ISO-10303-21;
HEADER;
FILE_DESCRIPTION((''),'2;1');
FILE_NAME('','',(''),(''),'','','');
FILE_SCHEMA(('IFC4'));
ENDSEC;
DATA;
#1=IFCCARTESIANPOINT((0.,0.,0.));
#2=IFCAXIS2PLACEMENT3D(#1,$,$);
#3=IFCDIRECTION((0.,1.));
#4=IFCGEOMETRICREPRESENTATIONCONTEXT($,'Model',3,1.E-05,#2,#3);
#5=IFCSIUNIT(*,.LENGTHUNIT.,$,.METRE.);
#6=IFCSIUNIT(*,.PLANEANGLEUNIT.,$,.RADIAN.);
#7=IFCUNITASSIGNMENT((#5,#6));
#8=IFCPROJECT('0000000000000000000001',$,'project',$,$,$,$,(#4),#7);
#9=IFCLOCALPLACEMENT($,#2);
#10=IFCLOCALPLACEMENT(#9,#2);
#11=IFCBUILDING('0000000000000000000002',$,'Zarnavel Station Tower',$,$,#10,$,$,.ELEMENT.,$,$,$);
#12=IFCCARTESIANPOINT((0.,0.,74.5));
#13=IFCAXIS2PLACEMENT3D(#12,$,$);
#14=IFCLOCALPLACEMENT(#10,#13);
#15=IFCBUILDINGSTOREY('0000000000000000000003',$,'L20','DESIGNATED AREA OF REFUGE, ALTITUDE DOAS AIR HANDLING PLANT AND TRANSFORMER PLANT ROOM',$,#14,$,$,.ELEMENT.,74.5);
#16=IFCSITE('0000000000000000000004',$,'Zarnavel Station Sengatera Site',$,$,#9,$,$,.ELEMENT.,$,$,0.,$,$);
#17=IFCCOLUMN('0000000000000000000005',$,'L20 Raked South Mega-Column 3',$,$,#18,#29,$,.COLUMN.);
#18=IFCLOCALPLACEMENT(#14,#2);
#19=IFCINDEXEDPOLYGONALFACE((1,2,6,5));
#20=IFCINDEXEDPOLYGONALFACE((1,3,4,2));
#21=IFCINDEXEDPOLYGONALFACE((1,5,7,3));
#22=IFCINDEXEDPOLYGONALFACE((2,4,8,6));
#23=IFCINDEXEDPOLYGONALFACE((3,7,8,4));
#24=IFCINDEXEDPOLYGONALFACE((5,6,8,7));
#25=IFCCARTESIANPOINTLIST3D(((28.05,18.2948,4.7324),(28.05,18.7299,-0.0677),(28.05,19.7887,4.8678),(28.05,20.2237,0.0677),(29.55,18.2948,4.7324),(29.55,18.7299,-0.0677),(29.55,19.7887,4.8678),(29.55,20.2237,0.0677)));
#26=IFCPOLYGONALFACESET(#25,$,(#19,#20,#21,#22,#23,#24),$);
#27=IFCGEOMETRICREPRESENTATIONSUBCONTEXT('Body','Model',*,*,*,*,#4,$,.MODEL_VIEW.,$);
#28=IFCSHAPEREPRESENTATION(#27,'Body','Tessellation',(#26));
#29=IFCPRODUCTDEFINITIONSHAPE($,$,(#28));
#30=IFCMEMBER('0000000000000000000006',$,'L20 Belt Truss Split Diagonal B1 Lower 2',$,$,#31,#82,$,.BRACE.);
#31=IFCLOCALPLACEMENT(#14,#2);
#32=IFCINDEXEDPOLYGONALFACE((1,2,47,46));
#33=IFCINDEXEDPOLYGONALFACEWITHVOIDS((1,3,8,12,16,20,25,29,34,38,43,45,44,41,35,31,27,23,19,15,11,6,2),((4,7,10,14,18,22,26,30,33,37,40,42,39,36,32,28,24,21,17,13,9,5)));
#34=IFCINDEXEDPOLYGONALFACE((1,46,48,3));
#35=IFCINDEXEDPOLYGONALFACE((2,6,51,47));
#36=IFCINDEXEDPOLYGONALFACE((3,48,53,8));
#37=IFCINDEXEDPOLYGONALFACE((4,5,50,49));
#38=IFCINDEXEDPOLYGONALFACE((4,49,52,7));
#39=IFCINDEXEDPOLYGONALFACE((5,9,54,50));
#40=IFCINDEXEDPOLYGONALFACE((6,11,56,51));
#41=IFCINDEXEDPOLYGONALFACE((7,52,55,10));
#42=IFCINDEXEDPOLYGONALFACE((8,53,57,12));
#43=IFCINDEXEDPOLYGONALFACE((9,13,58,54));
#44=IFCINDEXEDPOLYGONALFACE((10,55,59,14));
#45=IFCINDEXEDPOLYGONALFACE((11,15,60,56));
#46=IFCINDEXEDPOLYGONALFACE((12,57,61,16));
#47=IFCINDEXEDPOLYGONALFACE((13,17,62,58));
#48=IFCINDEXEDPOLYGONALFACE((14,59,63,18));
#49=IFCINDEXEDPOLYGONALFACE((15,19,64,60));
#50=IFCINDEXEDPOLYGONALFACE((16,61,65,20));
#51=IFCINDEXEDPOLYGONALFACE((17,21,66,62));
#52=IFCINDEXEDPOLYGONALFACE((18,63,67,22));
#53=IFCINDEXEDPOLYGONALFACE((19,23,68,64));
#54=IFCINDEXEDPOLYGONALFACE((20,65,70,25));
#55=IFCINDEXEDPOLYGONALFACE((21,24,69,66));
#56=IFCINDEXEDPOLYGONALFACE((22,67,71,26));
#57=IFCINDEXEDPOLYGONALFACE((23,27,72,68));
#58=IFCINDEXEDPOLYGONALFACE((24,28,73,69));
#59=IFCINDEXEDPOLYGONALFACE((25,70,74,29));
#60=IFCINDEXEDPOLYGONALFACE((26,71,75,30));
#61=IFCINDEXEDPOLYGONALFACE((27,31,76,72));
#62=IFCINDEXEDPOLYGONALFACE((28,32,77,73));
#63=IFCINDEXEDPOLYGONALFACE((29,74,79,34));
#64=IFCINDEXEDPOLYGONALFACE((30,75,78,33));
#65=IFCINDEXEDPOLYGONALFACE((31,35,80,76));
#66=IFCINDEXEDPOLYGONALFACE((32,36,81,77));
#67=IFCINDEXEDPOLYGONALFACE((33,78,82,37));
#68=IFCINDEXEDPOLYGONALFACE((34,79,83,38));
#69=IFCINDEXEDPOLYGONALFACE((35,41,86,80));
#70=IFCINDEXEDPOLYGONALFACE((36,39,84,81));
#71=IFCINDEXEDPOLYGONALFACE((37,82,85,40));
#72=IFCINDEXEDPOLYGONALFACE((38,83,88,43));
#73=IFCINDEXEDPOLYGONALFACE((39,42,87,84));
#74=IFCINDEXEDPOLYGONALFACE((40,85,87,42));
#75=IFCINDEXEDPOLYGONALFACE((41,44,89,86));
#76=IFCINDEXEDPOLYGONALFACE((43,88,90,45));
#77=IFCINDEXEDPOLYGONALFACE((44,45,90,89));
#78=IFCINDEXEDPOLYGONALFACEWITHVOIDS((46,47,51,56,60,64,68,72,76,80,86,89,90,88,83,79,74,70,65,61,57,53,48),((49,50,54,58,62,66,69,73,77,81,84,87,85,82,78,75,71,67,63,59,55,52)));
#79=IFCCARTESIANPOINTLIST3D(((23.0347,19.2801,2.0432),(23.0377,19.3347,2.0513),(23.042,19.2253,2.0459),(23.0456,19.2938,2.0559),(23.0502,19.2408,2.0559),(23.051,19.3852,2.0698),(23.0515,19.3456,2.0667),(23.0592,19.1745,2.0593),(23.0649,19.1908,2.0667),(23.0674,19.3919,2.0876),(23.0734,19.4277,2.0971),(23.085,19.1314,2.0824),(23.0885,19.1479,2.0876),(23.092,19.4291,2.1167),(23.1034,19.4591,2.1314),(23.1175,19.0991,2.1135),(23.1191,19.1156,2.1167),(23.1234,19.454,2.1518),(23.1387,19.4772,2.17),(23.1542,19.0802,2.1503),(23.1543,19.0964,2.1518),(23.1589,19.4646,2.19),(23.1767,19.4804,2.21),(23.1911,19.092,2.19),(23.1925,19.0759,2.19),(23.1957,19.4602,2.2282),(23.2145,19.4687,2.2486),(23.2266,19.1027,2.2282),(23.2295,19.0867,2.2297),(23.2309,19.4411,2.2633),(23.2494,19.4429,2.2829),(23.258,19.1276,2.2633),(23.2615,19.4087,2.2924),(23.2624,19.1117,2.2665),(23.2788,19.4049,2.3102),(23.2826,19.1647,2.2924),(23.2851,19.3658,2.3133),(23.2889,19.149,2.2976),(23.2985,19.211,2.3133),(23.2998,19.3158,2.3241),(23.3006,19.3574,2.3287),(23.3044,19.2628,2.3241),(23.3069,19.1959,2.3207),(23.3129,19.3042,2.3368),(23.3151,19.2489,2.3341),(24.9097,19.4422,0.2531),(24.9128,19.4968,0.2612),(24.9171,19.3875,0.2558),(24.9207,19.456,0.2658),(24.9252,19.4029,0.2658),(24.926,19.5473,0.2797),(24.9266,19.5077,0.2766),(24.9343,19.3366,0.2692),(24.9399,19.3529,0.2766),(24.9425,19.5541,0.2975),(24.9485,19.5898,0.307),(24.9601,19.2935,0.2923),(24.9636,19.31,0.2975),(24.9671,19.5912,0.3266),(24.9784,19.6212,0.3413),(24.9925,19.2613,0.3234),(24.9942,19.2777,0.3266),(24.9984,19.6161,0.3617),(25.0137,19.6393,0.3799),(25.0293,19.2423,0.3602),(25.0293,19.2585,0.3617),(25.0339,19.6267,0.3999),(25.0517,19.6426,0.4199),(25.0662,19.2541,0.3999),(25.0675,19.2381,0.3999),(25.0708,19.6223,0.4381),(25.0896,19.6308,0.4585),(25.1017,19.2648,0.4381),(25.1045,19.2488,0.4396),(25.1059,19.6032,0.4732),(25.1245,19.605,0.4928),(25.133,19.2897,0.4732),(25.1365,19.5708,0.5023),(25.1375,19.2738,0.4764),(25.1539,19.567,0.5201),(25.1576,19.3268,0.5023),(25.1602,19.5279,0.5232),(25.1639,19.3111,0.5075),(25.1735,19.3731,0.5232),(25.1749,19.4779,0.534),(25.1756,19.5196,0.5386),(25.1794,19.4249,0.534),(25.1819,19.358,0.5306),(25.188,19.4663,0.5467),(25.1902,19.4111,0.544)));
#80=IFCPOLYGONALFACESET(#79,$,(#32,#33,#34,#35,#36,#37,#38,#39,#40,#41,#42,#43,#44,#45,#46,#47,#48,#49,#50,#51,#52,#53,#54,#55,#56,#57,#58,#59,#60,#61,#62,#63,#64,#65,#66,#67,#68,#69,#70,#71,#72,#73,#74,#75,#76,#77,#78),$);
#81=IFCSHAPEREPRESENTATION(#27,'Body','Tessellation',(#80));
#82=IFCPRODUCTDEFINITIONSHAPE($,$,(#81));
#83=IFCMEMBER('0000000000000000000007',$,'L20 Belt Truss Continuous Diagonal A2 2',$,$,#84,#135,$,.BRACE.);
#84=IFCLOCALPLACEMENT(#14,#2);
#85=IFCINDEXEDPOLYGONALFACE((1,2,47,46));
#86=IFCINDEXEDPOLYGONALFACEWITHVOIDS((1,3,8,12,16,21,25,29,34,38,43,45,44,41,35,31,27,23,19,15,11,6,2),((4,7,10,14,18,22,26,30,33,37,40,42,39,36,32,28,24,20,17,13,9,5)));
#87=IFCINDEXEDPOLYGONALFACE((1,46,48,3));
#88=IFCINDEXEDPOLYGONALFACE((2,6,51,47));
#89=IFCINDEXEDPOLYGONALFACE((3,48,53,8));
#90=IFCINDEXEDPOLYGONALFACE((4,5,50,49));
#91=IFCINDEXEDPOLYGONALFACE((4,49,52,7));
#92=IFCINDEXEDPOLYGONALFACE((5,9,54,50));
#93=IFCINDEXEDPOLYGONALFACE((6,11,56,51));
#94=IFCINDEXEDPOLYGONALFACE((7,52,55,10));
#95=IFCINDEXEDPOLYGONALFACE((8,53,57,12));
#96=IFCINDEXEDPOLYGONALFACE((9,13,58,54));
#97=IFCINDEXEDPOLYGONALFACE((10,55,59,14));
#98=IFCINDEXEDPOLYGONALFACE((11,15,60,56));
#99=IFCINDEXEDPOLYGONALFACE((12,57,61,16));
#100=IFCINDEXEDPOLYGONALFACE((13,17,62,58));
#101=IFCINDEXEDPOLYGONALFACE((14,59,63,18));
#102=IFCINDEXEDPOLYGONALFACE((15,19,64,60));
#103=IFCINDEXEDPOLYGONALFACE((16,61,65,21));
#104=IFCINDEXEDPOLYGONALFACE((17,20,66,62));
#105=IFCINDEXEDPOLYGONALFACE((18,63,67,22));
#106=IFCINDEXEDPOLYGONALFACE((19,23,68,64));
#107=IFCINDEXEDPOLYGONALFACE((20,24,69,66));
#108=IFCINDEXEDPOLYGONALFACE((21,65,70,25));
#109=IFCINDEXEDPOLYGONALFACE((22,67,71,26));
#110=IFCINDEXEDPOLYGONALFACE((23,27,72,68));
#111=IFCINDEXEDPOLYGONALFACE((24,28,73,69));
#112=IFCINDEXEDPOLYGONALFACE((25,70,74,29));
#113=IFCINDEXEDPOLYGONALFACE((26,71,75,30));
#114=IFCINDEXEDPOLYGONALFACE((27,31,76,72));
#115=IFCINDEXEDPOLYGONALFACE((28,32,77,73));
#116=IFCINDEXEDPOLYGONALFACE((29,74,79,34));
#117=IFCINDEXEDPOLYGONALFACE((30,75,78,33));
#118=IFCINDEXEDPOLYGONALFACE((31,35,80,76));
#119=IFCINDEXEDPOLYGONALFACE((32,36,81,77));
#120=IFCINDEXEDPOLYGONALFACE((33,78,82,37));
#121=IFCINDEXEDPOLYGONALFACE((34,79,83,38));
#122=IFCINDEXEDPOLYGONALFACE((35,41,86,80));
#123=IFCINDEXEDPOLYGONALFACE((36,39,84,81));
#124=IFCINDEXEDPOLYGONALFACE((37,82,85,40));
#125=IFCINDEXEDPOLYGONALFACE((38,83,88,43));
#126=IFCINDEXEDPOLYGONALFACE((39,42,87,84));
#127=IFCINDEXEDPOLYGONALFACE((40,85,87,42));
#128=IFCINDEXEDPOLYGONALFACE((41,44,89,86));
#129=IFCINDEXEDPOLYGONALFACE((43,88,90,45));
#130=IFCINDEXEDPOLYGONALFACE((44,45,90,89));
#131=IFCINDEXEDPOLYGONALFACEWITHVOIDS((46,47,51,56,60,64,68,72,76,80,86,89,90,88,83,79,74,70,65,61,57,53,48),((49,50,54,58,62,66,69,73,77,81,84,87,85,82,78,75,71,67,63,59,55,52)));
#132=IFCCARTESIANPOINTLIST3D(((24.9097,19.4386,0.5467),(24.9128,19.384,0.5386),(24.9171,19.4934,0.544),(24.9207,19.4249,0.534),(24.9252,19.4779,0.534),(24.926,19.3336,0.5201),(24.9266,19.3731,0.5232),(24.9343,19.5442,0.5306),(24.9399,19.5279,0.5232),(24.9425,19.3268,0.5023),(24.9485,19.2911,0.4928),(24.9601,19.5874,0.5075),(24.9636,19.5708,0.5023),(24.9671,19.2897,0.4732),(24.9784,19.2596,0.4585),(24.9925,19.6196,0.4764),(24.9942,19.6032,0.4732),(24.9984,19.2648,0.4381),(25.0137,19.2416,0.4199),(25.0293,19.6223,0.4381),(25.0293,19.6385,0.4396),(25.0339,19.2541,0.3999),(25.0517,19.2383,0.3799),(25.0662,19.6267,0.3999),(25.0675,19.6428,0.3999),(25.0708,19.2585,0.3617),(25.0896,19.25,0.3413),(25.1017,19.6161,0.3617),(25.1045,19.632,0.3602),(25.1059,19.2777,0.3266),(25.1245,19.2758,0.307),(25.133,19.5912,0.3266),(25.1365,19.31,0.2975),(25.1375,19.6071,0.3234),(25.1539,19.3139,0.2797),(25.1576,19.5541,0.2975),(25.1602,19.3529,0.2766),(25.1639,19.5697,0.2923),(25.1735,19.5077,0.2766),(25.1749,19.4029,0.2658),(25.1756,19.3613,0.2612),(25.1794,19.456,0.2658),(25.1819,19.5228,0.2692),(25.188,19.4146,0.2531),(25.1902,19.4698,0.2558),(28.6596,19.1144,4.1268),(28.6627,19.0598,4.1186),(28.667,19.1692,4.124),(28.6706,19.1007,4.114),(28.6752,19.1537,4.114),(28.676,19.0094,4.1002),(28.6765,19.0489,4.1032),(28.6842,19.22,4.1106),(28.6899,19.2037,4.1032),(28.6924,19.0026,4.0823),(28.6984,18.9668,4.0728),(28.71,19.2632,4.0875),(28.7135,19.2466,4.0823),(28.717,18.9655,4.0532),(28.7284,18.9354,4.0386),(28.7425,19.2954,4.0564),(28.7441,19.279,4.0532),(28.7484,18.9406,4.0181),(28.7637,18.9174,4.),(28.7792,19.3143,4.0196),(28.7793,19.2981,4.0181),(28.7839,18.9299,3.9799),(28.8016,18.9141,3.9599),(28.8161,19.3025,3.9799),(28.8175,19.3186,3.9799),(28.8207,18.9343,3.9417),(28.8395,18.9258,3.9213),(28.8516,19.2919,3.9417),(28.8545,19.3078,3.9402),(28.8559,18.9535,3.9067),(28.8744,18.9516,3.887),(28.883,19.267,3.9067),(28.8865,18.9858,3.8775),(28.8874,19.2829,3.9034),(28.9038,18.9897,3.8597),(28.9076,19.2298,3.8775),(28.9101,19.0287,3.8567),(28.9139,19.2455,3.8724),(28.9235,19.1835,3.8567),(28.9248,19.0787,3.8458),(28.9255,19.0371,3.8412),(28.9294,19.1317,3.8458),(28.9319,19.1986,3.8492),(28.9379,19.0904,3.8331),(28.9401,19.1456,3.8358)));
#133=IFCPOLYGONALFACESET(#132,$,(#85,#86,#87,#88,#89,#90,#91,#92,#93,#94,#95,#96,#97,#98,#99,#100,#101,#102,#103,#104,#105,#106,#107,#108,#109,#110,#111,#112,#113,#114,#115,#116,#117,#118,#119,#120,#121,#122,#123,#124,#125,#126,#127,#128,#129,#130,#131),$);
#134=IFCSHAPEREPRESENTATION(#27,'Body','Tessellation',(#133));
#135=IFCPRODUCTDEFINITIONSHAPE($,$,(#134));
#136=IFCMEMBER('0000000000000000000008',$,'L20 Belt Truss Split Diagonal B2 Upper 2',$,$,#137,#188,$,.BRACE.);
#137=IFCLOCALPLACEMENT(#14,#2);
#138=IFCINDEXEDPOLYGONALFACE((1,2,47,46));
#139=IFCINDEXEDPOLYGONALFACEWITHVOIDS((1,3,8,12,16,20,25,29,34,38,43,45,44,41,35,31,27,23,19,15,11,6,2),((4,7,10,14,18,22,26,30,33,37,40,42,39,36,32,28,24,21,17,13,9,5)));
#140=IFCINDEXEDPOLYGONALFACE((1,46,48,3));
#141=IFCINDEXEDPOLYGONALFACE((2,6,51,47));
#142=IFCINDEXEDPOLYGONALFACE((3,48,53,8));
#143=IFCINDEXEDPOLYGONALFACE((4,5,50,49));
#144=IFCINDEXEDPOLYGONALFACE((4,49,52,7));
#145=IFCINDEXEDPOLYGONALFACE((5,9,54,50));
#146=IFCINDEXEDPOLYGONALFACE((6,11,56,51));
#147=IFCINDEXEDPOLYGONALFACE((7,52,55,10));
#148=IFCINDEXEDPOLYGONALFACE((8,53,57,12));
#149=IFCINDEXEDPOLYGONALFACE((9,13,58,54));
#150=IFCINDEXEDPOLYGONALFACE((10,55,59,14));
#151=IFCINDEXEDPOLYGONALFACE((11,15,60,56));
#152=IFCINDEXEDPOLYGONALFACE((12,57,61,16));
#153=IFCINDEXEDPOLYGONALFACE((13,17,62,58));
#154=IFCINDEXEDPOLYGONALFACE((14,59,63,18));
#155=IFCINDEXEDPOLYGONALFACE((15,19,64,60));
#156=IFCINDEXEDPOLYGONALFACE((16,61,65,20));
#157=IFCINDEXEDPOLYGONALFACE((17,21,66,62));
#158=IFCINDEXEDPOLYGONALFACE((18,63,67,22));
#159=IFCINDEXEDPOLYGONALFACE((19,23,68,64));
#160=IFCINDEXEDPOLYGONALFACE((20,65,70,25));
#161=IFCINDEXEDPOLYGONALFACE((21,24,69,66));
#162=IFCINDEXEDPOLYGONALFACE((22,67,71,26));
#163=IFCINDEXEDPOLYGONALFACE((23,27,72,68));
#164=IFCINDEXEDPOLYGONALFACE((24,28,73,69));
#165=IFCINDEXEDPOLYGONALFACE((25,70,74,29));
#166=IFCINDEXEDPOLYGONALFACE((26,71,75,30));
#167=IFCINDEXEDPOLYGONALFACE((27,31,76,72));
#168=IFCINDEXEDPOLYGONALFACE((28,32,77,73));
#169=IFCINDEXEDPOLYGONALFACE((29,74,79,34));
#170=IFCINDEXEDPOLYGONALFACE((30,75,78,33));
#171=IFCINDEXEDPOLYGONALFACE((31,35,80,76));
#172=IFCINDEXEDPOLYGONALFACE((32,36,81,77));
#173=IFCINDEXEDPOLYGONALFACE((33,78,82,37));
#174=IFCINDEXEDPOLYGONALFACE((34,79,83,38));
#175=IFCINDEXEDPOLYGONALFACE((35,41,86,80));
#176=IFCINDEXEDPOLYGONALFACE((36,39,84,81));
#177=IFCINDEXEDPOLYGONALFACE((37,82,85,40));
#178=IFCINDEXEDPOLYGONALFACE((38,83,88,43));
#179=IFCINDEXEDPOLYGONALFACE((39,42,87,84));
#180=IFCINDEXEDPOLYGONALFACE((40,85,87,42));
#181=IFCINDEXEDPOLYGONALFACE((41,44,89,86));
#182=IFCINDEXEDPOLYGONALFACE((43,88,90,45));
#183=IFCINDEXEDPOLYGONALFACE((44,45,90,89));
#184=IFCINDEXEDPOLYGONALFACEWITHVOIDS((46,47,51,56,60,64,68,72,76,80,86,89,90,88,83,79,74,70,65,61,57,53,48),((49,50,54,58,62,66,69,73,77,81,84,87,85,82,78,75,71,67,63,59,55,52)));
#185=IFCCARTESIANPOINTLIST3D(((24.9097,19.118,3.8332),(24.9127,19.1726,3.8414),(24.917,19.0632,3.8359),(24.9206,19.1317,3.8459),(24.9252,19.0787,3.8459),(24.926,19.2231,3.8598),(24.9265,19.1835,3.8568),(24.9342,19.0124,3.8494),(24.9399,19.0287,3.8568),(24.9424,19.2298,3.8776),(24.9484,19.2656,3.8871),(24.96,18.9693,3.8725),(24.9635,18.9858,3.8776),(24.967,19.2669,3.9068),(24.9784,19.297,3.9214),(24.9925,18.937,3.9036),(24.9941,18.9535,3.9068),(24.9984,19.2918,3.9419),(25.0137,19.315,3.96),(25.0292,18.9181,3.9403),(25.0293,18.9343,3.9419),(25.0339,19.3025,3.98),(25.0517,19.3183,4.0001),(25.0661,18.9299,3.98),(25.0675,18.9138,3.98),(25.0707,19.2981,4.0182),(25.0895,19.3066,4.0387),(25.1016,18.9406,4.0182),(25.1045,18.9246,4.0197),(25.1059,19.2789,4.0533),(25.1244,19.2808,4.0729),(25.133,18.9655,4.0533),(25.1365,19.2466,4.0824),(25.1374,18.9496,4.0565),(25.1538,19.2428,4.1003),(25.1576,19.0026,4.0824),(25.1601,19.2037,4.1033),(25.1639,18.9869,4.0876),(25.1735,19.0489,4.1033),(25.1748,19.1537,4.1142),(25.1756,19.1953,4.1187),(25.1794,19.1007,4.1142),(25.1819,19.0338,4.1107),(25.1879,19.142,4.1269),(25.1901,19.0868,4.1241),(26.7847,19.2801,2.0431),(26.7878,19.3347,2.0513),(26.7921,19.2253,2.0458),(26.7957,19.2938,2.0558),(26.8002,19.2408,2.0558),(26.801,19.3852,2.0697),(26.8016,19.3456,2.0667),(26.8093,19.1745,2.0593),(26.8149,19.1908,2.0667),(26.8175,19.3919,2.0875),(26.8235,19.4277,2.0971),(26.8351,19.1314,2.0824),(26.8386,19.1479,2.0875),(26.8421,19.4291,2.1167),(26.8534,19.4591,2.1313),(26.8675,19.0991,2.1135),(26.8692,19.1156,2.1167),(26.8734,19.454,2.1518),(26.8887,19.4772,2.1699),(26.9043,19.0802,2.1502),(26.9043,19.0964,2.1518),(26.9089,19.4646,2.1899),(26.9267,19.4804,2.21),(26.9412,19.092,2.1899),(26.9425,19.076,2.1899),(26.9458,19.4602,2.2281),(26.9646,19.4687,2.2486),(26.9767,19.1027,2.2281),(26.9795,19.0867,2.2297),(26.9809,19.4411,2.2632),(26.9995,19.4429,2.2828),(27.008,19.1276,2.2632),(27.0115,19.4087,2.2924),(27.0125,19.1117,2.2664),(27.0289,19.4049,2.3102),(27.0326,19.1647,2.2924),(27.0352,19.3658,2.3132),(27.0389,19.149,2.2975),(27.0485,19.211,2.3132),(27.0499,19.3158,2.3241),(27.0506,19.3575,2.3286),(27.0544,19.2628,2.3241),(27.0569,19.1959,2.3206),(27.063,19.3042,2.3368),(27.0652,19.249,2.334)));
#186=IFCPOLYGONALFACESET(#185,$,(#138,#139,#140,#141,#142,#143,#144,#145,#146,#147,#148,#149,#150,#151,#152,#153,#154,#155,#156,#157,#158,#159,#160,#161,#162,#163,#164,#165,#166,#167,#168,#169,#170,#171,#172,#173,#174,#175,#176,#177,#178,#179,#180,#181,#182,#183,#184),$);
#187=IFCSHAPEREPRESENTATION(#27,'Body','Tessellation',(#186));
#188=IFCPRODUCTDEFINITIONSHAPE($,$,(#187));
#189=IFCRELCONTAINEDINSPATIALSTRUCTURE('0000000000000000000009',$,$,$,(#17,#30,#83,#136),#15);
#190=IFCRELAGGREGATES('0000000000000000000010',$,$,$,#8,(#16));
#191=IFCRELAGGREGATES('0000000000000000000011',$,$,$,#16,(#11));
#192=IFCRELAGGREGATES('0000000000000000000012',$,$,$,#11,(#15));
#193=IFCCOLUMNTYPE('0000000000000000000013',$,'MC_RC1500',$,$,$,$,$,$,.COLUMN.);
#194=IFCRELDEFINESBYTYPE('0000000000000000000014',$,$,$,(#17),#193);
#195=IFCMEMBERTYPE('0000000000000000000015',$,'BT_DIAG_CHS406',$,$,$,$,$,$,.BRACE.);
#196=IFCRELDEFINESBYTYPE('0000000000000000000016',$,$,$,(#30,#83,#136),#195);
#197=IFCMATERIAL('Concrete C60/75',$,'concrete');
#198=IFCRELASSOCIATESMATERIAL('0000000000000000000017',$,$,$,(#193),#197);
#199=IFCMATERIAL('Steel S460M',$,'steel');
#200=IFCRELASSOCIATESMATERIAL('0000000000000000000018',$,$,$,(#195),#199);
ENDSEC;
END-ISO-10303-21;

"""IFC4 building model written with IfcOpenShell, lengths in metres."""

from ifc_helpers import new_model, si_unit, direction, frame, origin, origin_2d, place, context, subcontext, project, spatial, rectangle, hollow_circle, extrude, material, material_profile, profile_set, type_object, element, save


model = new_model("IFC4")

# Units and contexts
model_context = context("Model", 3, precision=1e-05, world=origin(), true_north=direction((0.0, 1.0)))
body_context = subcontext(model_context, "Body", "Model", "MODEL_VIEW")
ifc_project = project(units=[si_unit("LENGTHUNIT", "METRE"), si_unit("PLANEANGLEUNIT", "RADIAN")], contexts=[model_context])

# Site, building, storey
site_placement = place(None, origin())
site = spatial("IfcSite", under=ifc_project, at=site_placement, Name="Zarnavel Station Sengatera Site", CompositionType="ELEMENT", RefElevation=0.0)
building_placement = place(site_placement, origin())
building = spatial("IfcBuilding", under=site, at=building_placement, Name="Zarnavel Station Tower", CompositionType="ELEMENT")
storey_placement = place(building_placement, frame((0.0, 0.0, 74.5)))
storey = spatial("IfcBuildingStorey", under=building, at=storey_placement, Name="L20", Description="DESIGNATED AREA OF REFUGE, ALTITUDE DOAS AIR HANDLING PLANT AND TRANSFORMER PLANT ROOM", CompositionType="ELEMENT", Elevation=74.5)

# Column
ifc_material_1 = material(Name="Concrete C60/75", Category="concrete")
ifc_material_profile_1 = material_profile(ifc_material_1, rectangle(XDim=1.5, YDim=1.5, at=origin_2d()), Name="RC1500x1500")
ifc_profile_set_1 = profile_set([ifc_material_profile_1], Name="Concrete C60/75")
column_type = type_object("IfcColumnType", Name="MC_RC1500", PredefinedType="COLUMN", material=ifc_profile_set_1)
column_placement = place(storey_placement, frame((28.8, 19.4768, 0.0), z_axis=(0.0, -0.090266, 0.995918), x_axis=(1.0, 0.0, 0.0)))
element("IfcColumn", 1, at=column_placement, inside=storey, type_object=column_type, Name="L20 Raked South Mega-Column 3", PredefinedType="COLUMN", context=body_context, shape_type="SweptSolid", body=[
    extrude(rectangle(XDim=1.5, YDim=1.5, at=origin_2d()), origin(), (0.0, 0.0, 1.0), 4.8198),
])

# Members
ifc_material_2 = material(Name="Steel S460M", Category="steel")
ifc_material_profile_2 = material_profile(ifc_material_2, hollow_circle(Radius=0.2031, WallThickness=0.0161, at=origin_2d()), Name="CHS406.4x16")
ifc_profile_set_2 = profile_set([ifc_material_profile_2], Name="Steel S460M")
member_type_1 = type_object("IfcMemberType", Name="BT_DIAG_CHS406", PredefinedType="BRACE", material=ifc_profile_set_2)
member_1_placement = place(storey_placement, frame((25.05, 19.4404, 0.3999), z_axis=(-0.721894, -0.062414, 0.689183), x_axis=(0.086137, -0.996283, 0.0)))
element("IfcMember", 2, at=member_1_placement, inside=storey, type_object=member_type_1, Name="L20 Belt Truss Split Diagonal B1 Lower 2", PredefinedType="BRACE", context=body_context, shape_type="SweptSolid", body=[
    extrude(hollow_circle(Radius=0.2031, WallThickness=0.0161, at=origin_2d()), origin(), (0.0, 0.0, 1.0), 2.5974),
])
member_2_placement = place(storey_placement, frame((25.05, 19.4404, 0.3999), z_axis=(0.721894, -0.062414, 0.689183), x_axis=(0.086137, 0.996283, 0.0)))
element("IfcMember", 3, at=member_2_placement, inside=storey, type_object=member_type_1, Name="L20 Belt Truss Continuous Diagonal A2 2", PredefinedType="BRACE", context=body_context, shape_type="SweptSolid", body=[
    extrude(hollow_circle(Radius=0.2031, WallThickness=0.0161, at=origin_2d()), origin(), (0.0, 0.0, 1.0), 5.1946),
])
member_3_placement = place(storey_placement, frame((26.925, 19.2783, 2.1899), z_axis=(-0.721894, -0.062414, 0.689183), x_axis=(0.086137, -0.996283, 0.0)))
element("IfcMember", 4, at=member_3_placement, inside=storey, type_object=member_type_1, Name="L20 Belt Truss Split Diagonal B2 Upper 2", PredefinedType="BRACE", context=body_context, shape_type="SweptSolid", body=[
    extrude(hollow_circle(Radius=0.2031, WallThickness=0.0161, at=origin_2d()), origin(), (0.0, 0.0, 1.0), 2.5974),
])

save(model, "model.ifc")
